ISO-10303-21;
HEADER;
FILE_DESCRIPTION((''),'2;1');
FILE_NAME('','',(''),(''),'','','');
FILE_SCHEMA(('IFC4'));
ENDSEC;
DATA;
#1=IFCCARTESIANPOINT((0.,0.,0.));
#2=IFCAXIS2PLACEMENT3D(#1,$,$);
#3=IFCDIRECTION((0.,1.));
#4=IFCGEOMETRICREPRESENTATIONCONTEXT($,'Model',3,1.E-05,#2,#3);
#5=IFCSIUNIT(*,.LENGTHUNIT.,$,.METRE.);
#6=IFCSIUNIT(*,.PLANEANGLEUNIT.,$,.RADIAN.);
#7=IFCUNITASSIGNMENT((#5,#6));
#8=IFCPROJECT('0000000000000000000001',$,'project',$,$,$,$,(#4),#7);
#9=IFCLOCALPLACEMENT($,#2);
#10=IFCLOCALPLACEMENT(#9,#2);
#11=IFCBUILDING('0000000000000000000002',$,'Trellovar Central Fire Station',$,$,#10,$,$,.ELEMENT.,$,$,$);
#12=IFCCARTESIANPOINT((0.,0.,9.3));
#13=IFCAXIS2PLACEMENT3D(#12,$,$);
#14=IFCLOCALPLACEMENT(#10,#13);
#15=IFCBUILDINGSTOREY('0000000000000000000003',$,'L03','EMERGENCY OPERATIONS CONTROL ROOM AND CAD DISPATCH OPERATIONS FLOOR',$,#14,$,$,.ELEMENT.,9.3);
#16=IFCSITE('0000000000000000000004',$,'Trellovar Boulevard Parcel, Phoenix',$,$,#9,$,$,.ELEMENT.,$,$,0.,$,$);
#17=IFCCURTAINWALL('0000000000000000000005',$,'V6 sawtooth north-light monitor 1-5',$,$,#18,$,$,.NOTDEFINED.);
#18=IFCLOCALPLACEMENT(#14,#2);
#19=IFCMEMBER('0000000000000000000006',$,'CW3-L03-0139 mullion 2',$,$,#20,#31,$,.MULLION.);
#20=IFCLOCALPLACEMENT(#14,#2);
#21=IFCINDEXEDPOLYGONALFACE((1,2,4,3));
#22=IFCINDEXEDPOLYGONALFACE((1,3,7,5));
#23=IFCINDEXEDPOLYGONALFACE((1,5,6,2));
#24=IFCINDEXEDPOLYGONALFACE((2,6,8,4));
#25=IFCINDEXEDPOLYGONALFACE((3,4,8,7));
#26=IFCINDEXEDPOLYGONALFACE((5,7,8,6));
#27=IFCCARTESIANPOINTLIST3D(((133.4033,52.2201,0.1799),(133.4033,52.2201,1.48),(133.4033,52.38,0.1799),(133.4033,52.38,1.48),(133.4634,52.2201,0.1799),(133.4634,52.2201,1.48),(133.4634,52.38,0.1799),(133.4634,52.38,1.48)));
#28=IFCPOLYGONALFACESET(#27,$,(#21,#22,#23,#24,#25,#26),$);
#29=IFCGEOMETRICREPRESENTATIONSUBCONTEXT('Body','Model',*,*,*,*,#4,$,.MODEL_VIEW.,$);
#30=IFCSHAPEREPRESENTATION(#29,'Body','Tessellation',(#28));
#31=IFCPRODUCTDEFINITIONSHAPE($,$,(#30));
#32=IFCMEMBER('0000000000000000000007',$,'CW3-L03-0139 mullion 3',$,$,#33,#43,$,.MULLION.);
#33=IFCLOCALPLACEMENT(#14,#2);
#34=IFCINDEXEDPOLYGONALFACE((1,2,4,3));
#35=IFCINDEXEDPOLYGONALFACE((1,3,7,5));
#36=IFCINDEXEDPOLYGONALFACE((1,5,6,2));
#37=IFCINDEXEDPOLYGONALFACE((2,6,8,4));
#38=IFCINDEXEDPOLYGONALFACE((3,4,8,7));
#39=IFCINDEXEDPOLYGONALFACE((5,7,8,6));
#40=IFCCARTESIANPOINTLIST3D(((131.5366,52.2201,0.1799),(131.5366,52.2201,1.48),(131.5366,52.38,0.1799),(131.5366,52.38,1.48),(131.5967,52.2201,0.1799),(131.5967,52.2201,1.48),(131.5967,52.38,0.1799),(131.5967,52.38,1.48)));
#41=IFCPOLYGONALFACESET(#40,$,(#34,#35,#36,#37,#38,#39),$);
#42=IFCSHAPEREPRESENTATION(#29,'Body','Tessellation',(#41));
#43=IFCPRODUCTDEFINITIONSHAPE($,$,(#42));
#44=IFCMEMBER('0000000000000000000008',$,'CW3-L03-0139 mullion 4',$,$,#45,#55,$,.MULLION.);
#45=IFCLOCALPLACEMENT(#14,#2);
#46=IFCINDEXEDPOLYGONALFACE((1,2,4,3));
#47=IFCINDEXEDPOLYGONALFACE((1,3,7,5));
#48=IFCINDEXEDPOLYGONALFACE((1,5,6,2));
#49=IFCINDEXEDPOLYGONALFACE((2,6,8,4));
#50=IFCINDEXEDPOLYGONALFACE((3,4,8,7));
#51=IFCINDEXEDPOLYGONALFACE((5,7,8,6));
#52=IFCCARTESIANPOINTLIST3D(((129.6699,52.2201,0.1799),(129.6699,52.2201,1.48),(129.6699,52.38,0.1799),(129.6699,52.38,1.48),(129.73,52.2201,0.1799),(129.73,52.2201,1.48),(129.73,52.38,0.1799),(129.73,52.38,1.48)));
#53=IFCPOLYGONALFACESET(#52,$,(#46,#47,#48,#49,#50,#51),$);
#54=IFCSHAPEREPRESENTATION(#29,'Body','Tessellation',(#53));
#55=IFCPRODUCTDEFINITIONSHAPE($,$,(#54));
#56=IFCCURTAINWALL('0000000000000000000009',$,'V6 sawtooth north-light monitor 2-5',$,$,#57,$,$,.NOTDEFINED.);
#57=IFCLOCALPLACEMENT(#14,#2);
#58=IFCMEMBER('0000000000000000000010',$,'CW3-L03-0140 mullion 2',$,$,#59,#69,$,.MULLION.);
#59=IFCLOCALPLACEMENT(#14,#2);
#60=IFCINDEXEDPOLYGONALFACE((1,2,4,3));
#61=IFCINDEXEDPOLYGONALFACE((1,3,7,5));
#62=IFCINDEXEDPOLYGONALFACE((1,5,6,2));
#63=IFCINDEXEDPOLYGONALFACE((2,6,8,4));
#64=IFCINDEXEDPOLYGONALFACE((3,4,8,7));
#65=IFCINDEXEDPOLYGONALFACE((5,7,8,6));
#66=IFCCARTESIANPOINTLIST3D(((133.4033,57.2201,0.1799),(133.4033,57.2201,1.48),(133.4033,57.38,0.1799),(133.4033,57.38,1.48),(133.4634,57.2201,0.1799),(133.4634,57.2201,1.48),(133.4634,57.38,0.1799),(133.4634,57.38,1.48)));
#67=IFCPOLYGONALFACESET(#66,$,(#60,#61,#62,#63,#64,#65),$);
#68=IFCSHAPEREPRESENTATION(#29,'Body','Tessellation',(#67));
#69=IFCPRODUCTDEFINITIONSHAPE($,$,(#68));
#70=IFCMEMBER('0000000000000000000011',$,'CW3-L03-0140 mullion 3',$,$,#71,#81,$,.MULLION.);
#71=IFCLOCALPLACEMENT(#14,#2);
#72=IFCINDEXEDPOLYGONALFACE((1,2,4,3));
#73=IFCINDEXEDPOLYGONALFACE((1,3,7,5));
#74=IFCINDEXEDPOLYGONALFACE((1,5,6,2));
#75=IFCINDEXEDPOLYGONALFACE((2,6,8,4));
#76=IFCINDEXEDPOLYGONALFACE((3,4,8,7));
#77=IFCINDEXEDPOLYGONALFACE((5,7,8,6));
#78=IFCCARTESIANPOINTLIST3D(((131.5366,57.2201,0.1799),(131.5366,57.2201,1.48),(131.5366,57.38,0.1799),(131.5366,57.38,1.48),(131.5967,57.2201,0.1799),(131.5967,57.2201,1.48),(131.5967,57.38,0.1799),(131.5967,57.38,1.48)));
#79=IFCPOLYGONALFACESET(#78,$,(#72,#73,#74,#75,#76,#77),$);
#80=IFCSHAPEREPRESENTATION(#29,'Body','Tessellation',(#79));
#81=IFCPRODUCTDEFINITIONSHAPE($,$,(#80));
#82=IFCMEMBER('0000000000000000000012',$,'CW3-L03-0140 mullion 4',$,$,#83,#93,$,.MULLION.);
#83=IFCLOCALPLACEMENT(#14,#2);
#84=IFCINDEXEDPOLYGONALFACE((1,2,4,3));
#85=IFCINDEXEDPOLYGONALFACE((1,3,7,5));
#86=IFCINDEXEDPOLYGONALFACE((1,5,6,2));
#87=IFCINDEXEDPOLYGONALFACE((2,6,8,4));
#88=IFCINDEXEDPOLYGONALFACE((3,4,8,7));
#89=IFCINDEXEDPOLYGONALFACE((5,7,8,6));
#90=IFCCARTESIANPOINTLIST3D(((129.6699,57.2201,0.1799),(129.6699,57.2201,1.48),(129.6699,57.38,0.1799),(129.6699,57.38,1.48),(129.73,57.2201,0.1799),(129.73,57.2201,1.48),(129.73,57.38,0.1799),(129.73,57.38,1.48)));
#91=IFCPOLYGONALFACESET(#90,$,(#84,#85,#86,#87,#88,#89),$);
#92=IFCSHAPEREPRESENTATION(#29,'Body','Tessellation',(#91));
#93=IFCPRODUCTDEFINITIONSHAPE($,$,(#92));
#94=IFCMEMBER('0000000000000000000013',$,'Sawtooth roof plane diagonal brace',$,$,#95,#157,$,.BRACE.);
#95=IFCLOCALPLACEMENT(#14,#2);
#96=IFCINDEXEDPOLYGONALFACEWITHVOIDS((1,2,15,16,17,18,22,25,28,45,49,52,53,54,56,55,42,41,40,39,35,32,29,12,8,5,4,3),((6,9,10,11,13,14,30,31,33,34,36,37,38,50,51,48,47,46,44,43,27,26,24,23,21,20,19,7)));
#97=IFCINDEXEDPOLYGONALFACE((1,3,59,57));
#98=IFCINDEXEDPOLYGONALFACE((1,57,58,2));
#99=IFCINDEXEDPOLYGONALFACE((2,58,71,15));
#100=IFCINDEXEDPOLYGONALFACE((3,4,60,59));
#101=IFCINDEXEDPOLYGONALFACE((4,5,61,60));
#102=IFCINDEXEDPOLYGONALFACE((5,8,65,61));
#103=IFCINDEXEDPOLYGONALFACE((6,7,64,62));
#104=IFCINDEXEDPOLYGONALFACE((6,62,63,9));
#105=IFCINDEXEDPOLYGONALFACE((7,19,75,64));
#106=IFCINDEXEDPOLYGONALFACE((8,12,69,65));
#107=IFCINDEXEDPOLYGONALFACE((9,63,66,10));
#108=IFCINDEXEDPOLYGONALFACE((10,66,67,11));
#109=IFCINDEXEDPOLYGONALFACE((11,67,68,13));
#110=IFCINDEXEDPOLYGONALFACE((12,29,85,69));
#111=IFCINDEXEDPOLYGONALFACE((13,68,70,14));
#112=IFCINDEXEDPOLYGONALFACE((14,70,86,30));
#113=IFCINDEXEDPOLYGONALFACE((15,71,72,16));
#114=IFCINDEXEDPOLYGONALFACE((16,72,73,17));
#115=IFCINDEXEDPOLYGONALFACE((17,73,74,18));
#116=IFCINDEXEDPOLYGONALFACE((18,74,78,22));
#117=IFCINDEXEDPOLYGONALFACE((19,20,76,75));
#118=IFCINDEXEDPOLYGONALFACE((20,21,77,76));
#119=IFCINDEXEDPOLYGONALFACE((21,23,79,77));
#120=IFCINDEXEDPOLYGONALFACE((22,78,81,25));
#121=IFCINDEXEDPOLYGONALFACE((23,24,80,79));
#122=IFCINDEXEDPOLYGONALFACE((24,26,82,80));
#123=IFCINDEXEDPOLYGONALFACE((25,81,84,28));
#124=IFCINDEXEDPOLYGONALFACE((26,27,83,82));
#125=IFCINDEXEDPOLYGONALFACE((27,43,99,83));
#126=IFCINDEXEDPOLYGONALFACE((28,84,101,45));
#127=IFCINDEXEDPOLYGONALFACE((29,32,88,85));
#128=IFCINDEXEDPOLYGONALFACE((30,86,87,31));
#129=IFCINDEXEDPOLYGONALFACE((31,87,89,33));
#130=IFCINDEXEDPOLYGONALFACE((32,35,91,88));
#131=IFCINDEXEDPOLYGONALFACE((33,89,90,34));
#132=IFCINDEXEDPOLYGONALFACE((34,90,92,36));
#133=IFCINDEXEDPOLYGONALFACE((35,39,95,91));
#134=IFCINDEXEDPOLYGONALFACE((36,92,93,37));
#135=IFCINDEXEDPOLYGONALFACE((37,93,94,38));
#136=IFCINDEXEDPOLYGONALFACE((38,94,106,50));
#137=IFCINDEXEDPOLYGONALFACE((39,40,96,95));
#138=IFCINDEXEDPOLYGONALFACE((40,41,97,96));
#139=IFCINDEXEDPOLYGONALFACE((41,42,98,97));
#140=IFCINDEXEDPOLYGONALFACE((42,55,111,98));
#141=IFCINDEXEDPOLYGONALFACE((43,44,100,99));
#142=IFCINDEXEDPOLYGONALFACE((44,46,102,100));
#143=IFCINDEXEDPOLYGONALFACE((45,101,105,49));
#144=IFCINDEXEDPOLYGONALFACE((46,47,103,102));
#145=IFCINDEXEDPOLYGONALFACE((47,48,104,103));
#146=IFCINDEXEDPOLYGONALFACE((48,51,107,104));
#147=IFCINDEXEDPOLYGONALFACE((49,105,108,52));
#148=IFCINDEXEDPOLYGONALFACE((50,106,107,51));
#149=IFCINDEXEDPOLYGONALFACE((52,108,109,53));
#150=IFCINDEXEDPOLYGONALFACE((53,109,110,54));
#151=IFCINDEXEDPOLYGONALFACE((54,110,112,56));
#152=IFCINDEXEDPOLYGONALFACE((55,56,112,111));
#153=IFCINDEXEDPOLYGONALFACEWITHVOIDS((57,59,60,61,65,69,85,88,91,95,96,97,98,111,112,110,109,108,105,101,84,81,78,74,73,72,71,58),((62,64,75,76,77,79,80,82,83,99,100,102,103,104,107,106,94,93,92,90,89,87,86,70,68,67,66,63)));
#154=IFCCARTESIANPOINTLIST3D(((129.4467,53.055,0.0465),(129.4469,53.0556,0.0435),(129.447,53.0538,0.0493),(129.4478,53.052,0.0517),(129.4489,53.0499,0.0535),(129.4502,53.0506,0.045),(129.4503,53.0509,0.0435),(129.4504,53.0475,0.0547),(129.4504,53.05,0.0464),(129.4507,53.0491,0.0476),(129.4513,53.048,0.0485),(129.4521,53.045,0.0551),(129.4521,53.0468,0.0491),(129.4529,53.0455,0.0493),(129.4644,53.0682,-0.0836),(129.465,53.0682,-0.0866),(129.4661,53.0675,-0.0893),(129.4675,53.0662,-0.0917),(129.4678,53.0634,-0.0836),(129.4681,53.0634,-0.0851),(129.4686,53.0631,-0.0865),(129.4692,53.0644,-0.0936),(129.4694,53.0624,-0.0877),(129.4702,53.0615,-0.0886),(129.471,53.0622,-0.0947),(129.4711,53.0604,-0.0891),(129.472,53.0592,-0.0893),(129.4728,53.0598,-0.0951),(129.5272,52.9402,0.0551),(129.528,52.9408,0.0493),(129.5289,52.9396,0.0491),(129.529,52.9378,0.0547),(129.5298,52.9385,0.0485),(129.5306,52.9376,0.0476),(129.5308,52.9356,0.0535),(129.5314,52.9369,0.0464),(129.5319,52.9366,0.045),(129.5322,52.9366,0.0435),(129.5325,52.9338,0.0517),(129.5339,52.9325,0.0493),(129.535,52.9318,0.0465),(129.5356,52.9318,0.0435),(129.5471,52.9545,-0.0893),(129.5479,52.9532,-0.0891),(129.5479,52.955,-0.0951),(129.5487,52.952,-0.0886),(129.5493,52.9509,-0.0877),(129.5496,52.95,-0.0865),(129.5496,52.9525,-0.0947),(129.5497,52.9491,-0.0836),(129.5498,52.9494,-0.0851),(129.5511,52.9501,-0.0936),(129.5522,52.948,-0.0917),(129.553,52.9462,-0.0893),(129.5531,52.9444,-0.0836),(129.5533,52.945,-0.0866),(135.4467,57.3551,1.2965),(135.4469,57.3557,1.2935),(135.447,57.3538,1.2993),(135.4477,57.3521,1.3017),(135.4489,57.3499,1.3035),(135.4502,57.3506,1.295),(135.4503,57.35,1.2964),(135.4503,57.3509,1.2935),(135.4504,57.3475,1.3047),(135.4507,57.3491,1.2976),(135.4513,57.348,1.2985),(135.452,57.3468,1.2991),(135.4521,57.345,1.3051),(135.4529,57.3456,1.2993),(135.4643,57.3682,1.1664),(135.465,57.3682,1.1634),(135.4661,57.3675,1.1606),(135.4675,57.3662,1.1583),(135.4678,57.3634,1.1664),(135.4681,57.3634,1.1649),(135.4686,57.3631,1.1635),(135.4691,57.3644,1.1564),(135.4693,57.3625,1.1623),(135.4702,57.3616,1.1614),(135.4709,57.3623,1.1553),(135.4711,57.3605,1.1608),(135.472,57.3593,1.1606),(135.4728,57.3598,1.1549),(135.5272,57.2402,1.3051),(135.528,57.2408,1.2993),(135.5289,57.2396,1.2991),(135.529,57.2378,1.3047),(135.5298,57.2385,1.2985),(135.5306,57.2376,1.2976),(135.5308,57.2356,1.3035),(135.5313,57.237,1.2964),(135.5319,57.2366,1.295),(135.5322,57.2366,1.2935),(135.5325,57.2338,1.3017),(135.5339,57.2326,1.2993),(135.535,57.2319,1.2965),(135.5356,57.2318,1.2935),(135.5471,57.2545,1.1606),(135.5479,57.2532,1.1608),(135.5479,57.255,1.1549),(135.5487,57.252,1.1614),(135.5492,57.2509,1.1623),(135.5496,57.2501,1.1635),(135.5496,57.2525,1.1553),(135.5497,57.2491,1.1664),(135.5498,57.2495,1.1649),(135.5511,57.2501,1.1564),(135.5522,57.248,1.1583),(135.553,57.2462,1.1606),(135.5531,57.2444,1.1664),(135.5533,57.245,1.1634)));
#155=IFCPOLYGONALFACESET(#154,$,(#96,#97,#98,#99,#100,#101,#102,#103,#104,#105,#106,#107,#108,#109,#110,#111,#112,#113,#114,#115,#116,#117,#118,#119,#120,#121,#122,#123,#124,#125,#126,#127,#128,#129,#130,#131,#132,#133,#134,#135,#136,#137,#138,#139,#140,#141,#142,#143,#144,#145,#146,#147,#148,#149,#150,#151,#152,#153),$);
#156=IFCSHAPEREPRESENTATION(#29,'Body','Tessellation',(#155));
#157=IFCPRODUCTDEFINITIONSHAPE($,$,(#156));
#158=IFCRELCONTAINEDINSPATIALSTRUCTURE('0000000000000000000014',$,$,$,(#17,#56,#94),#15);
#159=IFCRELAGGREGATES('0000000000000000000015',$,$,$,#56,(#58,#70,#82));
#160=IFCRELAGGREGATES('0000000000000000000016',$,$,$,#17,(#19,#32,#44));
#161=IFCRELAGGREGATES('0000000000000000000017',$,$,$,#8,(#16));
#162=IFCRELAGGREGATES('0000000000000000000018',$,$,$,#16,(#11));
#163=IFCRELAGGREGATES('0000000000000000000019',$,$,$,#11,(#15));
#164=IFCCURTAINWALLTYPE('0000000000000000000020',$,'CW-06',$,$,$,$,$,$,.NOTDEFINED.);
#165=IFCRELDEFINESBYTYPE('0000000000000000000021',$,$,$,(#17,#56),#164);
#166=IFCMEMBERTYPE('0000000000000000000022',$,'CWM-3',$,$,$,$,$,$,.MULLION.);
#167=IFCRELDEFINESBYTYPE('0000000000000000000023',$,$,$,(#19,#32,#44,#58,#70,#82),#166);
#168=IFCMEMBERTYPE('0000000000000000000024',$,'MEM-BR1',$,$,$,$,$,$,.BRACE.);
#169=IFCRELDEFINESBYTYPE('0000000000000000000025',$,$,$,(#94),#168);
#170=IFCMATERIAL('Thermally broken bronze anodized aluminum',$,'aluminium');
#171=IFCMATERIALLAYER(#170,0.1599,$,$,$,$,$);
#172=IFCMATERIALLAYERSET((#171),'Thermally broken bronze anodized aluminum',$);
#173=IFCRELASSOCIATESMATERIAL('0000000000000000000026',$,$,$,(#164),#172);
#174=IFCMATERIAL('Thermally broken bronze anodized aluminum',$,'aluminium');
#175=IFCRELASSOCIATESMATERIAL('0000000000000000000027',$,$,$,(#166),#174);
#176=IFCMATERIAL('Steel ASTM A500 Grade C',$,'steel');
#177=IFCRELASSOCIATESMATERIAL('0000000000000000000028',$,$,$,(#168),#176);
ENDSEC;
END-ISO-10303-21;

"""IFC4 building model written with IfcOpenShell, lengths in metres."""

from ifc_helpers import new_model, si_unit, direction, frame, origin, origin_2d, place, context, subcontext, project, spatial, rectangle, hollow_rectangle, extrude, material, layer, layer_set, material_profile, profile_set, type_object, element, aggregate, save


model = new_model("IFC4")

# Units and contexts
model_context = context("Model", 3, precision=1e-05, world=origin(), true_north=direction((0.0, 1.0)))
body_context = subcontext(model_context, "Body", "Model", "MODEL_VIEW")
ifc_project = project(units=[si_unit("LENGTHUNIT", "METRE"), si_unit("PLANEANGLEUNIT", "RADIAN")], contexts=[model_context])

# Site, building, storey
site_placement = place(None, origin())
site = spatial("IfcSite", under=ifc_project, at=site_placement, Name="Trellovar Boulevard Parcel, Phoenix", CompositionType="ELEMENT", RefElevation=0.0)
building_placement = place(site_placement, origin())
building = spatial("IfcBuilding", under=site, at=building_placement, Name="Trellovar Central Fire Station", CompositionType="ELEMENT")
storey_placement = place(building_placement, frame((0.0, 0.0, 9.3)))
storey = spatial("IfcBuildingStorey", under=building, at=storey_placement, Name="L03", Description="EMERGENCY OPERATIONS CONTROL ROOM AND CAD DISPATCH OPERATIONS FLOOR", CompositionType="ELEMENT", Elevation=9.3)

# Curtain walls, members
ifc_material_1 = material(Name="Thermally broken bronze anodized aluminum", Category="aluminium")
ifc_layer_1 = layer(ifc_material_1, 0.1599)
ifc_layer_set_1 = layer_set([ifc_layer_1], Name="Thermally broken bronze anodized aluminum")
curtain_wall_type = type_object("IfcCurtainWallType", Name="CW-06", PredefinedType="NOTDEFINED", material=ifc_layer_set_1)
curtain_wall_1_placement = place(storey_placement, origin())
curtain_wall_1 = element("IfcCurtainWall", 1, at=curtain_wall_1_placement, inside=storey, type_object=curtain_wall_type, Name="V6 sawtooth north-light monitor 1-5", PredefinedType="NOTDEFINED")
ifc_material_2 = material(Name="Thermally broken bronze anodized aluminum", Category="aluminium")
ifc_material_profile_1 = material_profile(ifc_material_2, rectangle(XDim=0.0601, YDim=0.1599, at=origin_2d()), Name="ALU60X160")
ifc_profile_set_1 = profile_set([ifc_material_profile_1], Name="Thermally broken bronze anodized aluminum")
member_type_1 = type_object("IfcMemberType", Name="CWM-3", PredefinedType="MULLION", material=ifc_profile_set_1)
member_1_placement = place(storey_placement, frame((133.4333, 52.3, 0.1799), z_axis=(0.0, 0.0, 1.0), x_axis=(1.0, 0.0, 0.0)))
member_1 = element("IfcMember", 2, at=member_1_placement, type_object=member_type_1, Name="CW3-L03-0139 mullion 2", PredefinedType="MULLION", context=body_context, shape_type="SweptSolid", body=[
    extrude(rectangle(XDim=0.0601, YDim=0.1599, at=origin_2d()), origin(), (0.0, 0.0, 1.0), 1.3),
])
member_2_placement = place(storey_placement, frame((131.5667, 52.3, 0.1799), z_axis=(0.0, 0.0, 1.0), x_axis=(1.0, 0.0, 0.0)))
member_2 = element("IfcMember", 3, at=member_2_placement, type_object=member_type_1, Name="CW3-L03-0139 mullion 3", PredefinedType="MULLION", context=body_context, shape_type="SweptSolid", body=[
    extrude(rectangle(XDim=0.0601, YDim=0.1599, at=origin_2d()), origin(), (0.0, 0.0, 1.0), 1.3),
])
member_3_placement = place(storey_placement, frame((129.7, 52.3, 0.1799), z_axis=(0.0, 0.0, 1.0), x_axis=(1.0, 0.0, 0.0)))
member_3 = element("IfcMember", 4, at=member_3_placement, type_object=member_type_1, Name="CW3-L03-0139 mullion 4", PredefinedType="MULLION", context=body_context, shape_type="SweptSolid", body=[
    extrude(rectangle(XDim=0.0601, YDim=0.1599, at=origin_2d()), origin(), (0.0, 0.0, 1.0), 1.3),
])
curtain_wall_2_placement = place(storey_placement, origin())
curtain_wall_2 = element("IfcCurtainWall", 5, at=curtain_wall_2_placement, inside=storey, type_object=curtain_wall_type, Name="V6 sawtooth north-light monitor 2-5", PredefinedType="NOTDEFINED")
member_4_placement = place(storey_placement, frame((133.4333, 57.3, 0.1799), z_axis=(0.0, 0.0, 1.0), x_axis=(1.0, 0.0, 0.0)))
member_4 = element("IfcMember", 6, at=member_4_placement, type_object=member_type_1, Name="CW3-L03-0140 mullion 2", PredefinedType="MULLION", context=body_context, shape_type="SweptSolid", body=[
    extrude(rectangle(XDim=0.0601, YDim=0.1599, at=origin_2d()), origin(), (0.0, 0.0, 1.0), 1.3),
])
member_5_placement = place(storey_placement, frame((131.5667, 57.3, 0.1799), z_axis=(0.0, 0.0, 1.0), x_axis=(1.0, 0.0, 0.0)))
member_5 = element("IfcMember", 7, at=member_5_placement, type_object=member_type_1, Name="CW3-L03-0140 mullion 3", PredefinedType="MULLION", context=body_context, shape_type="SweptSolid", body=[
    extrude(rectangle(XDim=0.0601, YDim=0.1599, at=origin_2d()), origin(), (0.0, 0.0, 1.0), 1.3),
])
member_6_placement = place(storey_placement, frame((129.7, 57.3, 0.1799), z_axis=(0.0, 0.0, 1.0), x_axis=(1.0, 0.0, 0.0)))
member_6 = element("IfcMember", 8, at=member_6_placement, type_object=member_type_1, Name="CW3-L03-0140 mullion 4", PredefinedType="MULLION", context=body_context, shape_type="SweptSolid", body=[
    extrude(rectangle(XDim=0.0601, YDim=0.1599, at=origin_2d()), origin(), (0.0, 0.0, 1.0), 1.3),
])

# Member
ifc_material_3 = material(Name="Steel ASTM A500 Grade C", Category="steel")
ifc_material_profile_2 = material_profile(ifc_material_3, hollow_rectangle(XDim=0.1523, YDim=0.1523, WallThickness=0.0059, InnerFilletRadius=0.0059, OuterFilletRadius=0.0117, at=origin_2d()), Name="HSS6X6X1/4")
ifc_profile_set_2 = profile_set([ifc_material_profile_2], Name="Steel ASTM A500 Grade C")
member_type_2 = type_object("IfcMemberType", Name="MEM-BR1", PredefinedType="BRACE", material=ifc_profile_set_2)
for number, where, z_axis, x_axis, name in (
    (9, (129.5, 53.0, -0.02), (0.801405, 0.574347, 0.166959), (-0.582523, 0.812814, 0.0), "Sawtooth roof plane diagonal brace"),
):
    element("IfcMember", number, at=place(storey_placement, frame(where, z_axis=z_axis, x_axis=x_axis)), inside=storey, type_object=member_type_2, Name=name, PredefinedType="BRACE", context=body_context, shape_type="SweptSolid", body=[
        extrude(hollow_rectangle(XDim=0.1523, YDim=0.1523, WallThickness=0.0059, InnerFilletRadius=0.0059, OuterFilletRadius=0.0117, at=origin_2d()), origin(), (0.0, 0.0, 1.0), 7.4868),
    ])

aggregate(curtain_wall_2, [member_4, member_5, member_6])
aggregate(curtain_wall_1, [member_1, member_2, member_3])

save(model, "model.ifc")
